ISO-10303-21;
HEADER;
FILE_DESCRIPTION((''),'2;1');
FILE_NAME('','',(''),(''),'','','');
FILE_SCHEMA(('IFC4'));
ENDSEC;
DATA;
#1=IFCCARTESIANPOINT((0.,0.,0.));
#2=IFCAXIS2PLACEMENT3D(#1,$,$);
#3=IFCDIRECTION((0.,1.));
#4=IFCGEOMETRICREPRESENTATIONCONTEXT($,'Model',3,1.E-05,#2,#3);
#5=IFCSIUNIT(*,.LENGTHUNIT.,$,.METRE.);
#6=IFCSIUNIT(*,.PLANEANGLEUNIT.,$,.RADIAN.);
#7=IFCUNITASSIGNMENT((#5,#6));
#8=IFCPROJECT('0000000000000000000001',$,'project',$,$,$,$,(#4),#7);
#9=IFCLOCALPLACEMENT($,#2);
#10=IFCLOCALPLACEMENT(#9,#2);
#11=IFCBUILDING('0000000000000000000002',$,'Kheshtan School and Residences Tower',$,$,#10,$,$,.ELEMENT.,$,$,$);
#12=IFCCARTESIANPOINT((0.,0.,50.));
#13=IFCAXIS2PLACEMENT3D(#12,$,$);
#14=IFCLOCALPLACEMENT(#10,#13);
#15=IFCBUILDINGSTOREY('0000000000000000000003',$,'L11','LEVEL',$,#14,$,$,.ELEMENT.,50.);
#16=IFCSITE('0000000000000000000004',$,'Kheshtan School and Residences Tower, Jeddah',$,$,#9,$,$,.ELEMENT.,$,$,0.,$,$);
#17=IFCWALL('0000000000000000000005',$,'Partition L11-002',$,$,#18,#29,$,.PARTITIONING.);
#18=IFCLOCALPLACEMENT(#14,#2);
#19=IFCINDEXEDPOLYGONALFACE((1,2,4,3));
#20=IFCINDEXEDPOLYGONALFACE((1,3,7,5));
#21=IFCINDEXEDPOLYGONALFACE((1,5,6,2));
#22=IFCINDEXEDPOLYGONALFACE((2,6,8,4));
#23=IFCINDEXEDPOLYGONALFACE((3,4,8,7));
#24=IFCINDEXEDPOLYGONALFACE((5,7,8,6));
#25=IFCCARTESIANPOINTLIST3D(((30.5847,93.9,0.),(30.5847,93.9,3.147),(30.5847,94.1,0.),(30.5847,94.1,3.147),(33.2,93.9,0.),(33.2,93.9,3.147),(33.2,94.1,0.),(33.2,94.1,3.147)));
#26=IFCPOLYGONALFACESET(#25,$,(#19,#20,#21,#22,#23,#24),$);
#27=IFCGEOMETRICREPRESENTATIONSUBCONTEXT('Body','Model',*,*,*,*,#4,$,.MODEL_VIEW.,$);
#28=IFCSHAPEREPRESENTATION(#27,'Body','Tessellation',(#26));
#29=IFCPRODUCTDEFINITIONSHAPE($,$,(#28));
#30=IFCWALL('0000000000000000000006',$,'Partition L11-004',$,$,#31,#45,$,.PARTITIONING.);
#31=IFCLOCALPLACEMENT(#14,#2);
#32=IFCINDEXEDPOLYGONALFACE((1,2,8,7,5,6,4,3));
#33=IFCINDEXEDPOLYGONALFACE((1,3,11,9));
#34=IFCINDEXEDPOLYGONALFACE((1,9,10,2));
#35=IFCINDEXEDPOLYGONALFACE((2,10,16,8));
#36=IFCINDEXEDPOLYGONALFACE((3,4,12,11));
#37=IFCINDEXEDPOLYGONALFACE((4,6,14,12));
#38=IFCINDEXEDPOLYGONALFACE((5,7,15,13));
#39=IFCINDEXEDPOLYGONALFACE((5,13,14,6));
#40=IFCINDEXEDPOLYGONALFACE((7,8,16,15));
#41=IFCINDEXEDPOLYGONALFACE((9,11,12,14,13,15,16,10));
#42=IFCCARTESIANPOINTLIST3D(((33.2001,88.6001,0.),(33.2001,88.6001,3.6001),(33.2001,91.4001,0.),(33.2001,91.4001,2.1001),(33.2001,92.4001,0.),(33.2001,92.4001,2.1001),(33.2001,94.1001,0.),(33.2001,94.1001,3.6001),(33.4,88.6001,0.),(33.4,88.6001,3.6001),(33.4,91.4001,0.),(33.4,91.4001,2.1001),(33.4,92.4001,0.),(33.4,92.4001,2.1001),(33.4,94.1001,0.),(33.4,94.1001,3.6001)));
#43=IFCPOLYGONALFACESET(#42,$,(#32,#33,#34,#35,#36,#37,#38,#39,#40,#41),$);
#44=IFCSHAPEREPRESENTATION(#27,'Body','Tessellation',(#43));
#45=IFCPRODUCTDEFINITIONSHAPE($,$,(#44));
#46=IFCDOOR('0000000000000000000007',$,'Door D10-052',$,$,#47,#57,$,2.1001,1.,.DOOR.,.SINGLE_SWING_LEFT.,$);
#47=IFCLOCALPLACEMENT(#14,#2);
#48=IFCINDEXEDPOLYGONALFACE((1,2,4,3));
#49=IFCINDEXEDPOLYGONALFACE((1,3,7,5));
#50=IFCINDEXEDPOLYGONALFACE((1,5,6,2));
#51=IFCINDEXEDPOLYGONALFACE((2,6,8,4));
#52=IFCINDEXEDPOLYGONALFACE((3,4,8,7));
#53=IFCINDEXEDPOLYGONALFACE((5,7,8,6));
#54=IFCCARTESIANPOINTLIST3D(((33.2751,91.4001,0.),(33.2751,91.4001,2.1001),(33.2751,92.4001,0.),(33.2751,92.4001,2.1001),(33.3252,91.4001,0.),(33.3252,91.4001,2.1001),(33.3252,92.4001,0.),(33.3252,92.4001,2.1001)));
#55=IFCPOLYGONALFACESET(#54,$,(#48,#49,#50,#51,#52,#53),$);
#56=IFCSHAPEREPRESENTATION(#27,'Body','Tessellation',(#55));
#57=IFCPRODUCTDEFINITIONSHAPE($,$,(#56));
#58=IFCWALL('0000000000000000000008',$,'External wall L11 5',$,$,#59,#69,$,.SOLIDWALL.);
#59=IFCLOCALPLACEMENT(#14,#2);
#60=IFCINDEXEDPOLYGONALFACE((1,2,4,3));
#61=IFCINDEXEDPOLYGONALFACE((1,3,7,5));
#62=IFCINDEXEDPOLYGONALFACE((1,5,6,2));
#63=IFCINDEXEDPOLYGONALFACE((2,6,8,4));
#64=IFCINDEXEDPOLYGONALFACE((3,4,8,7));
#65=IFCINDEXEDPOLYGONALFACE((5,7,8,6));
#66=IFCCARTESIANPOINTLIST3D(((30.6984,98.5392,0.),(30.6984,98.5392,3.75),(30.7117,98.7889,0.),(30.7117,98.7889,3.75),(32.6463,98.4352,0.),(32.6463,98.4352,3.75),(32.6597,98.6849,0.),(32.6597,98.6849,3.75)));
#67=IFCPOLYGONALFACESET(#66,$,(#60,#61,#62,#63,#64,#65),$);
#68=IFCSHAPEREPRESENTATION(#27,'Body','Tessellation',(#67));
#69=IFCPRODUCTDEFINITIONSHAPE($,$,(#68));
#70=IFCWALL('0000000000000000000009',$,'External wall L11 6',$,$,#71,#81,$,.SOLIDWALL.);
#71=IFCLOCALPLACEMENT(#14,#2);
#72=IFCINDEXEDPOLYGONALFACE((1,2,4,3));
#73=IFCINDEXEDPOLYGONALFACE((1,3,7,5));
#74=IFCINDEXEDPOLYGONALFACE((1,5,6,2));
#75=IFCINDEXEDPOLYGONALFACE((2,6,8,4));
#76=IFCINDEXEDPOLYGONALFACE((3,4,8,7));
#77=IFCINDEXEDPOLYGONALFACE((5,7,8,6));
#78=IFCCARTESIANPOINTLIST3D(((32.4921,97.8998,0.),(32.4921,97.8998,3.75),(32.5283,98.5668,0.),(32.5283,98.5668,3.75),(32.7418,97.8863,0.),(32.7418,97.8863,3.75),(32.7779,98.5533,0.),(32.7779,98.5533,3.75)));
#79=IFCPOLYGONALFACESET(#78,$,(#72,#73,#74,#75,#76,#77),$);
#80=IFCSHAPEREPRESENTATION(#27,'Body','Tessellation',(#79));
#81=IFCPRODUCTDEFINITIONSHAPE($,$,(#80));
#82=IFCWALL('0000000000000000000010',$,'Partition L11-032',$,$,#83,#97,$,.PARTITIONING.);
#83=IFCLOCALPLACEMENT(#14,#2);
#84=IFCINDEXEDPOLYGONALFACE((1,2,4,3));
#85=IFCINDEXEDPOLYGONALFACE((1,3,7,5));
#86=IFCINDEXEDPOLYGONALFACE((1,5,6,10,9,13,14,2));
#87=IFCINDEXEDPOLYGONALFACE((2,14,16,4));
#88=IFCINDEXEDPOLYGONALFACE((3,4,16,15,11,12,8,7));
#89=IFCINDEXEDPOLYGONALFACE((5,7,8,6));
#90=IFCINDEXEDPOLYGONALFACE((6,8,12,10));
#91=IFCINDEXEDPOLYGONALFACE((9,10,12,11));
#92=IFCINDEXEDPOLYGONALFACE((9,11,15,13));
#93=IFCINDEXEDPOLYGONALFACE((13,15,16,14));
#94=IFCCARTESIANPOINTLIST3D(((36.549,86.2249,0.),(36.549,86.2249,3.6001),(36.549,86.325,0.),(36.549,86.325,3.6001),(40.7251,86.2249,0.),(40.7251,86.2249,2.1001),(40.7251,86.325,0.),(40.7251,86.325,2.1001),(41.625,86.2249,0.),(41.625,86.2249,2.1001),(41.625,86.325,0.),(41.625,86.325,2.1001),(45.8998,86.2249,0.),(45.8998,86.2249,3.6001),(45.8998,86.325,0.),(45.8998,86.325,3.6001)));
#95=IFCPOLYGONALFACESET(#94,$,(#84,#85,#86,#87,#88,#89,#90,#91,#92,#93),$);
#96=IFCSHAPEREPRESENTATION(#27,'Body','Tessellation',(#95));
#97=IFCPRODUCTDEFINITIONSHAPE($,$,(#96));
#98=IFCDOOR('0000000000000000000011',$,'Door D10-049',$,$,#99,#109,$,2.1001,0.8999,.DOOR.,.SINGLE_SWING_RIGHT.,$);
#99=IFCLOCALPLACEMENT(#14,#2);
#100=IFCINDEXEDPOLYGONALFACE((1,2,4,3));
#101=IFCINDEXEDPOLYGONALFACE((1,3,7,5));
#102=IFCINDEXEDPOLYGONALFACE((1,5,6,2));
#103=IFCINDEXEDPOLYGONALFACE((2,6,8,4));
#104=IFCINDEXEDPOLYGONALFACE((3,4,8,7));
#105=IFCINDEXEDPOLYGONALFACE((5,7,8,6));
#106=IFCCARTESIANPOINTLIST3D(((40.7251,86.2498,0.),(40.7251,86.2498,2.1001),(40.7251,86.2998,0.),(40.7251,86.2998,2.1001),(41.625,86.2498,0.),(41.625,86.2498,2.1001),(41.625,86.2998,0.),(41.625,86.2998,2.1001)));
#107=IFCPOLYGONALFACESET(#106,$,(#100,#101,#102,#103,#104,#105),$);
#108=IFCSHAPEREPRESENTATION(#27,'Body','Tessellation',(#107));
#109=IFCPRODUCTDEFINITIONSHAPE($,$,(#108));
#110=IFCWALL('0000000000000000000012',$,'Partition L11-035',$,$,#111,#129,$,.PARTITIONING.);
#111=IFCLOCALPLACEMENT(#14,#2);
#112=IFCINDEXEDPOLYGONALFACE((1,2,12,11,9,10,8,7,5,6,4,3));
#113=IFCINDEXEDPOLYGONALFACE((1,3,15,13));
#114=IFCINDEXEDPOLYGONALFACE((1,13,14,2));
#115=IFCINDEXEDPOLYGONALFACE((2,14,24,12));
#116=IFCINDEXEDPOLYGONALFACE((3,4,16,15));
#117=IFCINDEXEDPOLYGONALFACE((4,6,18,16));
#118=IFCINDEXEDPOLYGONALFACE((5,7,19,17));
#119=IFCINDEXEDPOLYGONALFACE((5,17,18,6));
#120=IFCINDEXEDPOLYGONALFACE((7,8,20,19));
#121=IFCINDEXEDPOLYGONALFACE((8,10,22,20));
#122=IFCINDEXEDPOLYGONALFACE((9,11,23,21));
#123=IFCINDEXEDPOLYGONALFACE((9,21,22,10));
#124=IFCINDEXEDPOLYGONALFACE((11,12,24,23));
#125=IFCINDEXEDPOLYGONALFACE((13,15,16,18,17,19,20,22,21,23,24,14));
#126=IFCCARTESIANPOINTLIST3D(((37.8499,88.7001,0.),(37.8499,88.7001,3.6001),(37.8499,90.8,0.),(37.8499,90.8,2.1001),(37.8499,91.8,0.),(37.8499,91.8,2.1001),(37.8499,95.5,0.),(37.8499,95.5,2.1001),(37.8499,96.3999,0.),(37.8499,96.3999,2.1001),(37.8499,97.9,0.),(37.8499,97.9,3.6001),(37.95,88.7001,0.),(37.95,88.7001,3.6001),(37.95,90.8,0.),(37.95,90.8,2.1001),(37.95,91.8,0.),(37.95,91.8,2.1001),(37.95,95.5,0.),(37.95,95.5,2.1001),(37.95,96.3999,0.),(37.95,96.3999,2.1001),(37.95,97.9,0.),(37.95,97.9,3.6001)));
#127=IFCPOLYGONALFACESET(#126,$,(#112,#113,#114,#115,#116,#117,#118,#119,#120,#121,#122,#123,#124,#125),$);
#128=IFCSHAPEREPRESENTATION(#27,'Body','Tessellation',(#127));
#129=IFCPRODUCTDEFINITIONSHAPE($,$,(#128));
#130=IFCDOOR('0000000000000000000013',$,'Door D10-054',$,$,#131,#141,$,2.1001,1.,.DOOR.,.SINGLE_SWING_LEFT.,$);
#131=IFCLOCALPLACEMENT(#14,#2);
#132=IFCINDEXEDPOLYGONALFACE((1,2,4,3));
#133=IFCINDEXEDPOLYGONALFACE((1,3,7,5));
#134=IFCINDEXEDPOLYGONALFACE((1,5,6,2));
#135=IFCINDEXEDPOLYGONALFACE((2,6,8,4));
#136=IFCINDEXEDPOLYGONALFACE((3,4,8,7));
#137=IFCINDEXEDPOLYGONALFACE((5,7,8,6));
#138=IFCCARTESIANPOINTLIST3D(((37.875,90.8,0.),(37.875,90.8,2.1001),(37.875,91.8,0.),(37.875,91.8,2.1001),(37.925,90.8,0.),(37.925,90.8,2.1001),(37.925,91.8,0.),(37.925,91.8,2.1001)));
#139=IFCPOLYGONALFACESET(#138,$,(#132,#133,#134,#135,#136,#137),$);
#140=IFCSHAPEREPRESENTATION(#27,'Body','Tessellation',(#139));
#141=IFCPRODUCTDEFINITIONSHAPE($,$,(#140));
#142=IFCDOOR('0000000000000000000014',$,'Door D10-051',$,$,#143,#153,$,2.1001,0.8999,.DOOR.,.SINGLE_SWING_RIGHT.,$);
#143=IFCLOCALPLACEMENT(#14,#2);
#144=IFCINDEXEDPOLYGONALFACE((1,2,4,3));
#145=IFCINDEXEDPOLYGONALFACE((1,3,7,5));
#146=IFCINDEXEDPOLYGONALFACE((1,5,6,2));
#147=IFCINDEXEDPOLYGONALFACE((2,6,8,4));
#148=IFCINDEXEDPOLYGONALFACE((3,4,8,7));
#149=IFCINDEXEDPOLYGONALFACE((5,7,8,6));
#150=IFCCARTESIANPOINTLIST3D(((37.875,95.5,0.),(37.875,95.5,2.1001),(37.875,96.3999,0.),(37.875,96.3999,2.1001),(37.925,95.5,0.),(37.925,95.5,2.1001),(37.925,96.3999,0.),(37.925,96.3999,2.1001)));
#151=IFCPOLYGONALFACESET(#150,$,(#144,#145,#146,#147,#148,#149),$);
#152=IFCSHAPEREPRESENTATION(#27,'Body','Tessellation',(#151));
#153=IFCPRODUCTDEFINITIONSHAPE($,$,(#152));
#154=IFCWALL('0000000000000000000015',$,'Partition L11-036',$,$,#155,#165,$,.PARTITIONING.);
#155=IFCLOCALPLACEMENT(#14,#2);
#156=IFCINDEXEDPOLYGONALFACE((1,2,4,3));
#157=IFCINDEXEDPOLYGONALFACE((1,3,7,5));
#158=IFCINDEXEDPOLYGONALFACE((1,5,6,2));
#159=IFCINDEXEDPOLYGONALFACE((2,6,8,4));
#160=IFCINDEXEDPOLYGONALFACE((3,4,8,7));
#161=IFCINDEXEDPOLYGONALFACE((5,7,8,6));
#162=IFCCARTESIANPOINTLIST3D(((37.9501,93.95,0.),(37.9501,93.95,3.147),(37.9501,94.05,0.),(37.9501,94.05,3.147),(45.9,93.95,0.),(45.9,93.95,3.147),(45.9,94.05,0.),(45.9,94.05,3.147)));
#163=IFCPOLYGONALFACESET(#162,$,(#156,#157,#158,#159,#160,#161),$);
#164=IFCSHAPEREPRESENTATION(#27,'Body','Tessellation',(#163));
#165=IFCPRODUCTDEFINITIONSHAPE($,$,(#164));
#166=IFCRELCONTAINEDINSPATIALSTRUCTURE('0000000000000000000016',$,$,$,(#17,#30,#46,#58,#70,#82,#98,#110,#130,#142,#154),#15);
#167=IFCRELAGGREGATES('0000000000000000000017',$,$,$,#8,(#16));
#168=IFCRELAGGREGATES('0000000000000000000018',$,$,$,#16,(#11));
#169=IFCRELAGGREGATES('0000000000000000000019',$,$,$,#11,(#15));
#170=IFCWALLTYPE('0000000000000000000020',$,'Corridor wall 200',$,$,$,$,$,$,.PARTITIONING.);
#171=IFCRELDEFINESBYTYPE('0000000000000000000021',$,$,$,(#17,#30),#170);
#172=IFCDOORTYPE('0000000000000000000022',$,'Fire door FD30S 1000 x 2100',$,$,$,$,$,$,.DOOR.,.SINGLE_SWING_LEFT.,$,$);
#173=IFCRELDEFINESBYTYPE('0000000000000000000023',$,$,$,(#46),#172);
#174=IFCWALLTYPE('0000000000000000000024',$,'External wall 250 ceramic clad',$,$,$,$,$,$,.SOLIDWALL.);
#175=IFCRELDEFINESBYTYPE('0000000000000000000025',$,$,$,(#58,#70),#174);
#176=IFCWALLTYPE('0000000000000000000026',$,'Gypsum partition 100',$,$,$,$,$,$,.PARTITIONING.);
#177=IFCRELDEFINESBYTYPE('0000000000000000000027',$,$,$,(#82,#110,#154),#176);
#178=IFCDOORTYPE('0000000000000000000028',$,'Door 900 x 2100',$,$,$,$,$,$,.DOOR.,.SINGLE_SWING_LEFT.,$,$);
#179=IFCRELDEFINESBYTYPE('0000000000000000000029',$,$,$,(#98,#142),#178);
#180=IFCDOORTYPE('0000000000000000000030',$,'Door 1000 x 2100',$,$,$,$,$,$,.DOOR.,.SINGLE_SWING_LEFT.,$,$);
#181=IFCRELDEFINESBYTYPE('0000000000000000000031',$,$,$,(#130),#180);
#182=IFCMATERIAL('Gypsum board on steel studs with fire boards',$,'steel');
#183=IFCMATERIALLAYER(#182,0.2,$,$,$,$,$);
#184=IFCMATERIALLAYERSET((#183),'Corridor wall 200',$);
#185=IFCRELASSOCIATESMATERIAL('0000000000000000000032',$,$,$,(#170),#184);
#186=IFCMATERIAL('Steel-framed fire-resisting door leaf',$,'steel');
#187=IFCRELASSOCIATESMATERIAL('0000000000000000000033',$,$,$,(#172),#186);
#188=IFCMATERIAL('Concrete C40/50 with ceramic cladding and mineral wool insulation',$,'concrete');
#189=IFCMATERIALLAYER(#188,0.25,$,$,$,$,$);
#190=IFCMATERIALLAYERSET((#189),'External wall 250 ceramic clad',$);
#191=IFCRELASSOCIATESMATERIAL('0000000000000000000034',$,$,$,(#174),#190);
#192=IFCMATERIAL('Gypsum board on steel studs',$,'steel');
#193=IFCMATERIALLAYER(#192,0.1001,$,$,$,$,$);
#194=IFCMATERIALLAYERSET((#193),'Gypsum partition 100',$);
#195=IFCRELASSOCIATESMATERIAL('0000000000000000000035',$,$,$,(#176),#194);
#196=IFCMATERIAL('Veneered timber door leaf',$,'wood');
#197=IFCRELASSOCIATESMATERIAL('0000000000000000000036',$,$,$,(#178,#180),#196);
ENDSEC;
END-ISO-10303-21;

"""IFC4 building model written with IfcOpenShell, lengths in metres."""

from ifc_helpers import new_model, si_unit, direction, frame, frame_2d, origin, place, context, subcontext, project, spatial, rectangle, extrude, source, transform, mapped, material, layer, layer_set, type_object, element, fill, save


model = new_model("IFC4")

# Units and contexts
model_context = context("Model", 3, precision=1e-05, world=origin(), true_north=direction((0.0, 1.0)))
body_context = subcontext(model_context, "Body", "Model", "MODEL_VIEW")
ifc_project = project(units=[si_unit("LENGTHUNIT", "METRE"), si_unit("PLANEANGLEUNIT", "RADIAN")], contexts=[model_context])

# Site, building, storey
site_placement = place(None, origin())
site = spatial("IfcSite", under=ifc_project, at=site_placement, Name="Kheshtan School and Residences Tower, Jeddah", CompositionType="ELEMENT", RefElevation=0.0)
building_placement = place(site_placement, origin())
building = spatial("IfcBuilding", under=site, at=building_placement, Name="Kheshtan School and Residences Tower", CompositionType="ELEMENT")
storey_placement = place(building_placement, frame((0.0, 0.0, 50.0)))
storey = spatial("IfcBuildingStorey", under=building, at=storey_placement, Name="L11", Description="LEVEL", CompositionType="ELEMENT", Elevation=50.0)

# Wall
ifc_material_1 = material(Name="Gypsum board on steel studs with fire boards", Category="steel")
ifc_layer_1 = layer(ifc_material_1, 0.2)
ifc_layer_set_1 = layer_set([ifc_layer_1], Name="Corridor wall 200")
wall_type_1 = type_object("IfcWallType", Name="Corridor wall 200", PredefinedType="PARTITIONING", material=ifc_layer_set_1)
wall_1_placement = place(storey_placement, frame((30.5847, 94.0, 0.0), z_axis=(0.0, 0.0, 1.0), x_axis=(1.0, 0.0, 0.0)))
element("IfcWall", 1, at=wall_1_placement, inside=storey, type_object=wall_type_1, Name="Partition L11-002", PredefinedType="PARTITIONING", context=body_context, shape_type="SweptSolid", body=[
    extrude(rectangle(XDim=2.6152, YDim=0.2, at=frame_2d((1.3076, 0.0))), origin(), (0.0, 0.0, 1.0), 3.147),
])

# Wall, opening, door
wall_2_placement = place(storey_placement, frame((33.3, 88.6001, 0.0), z_axis=(0.0, 0.0, 1.0), x_axis=(0.0, 1.0, 0.0)))
wall_2 = element("IfcWall", 2, at=wall_2_placement, inside=storey, type_object=wall_type_1, Name="Partition L11-004", PredefinedType="PARTITIONING", context=body_context, shape_type="SweptSolid", body=[
    extrude(rectangle(XDim=5.5, YDim=0.2, at=frame_2d((2.75, 0.0))), origin(), (0.0, 0.0, 1.0), 3.6001),
])
opening_1_placement = place(wall_2_placement, frame((2.8, 0.0, 0.0)))
opening_1 = element("IfcOpeningElement", 3, at=opening_1_placement, cuts=wall_2, PredefinedType="OPENING", context=body_context, shape_type="SweptSolid", body=[
    extrude(rectangle(XDim=1.0, YDim=2.1001, at=frame_2d((0.5, 1.05))), frame((0.0, 0.1099, 0.0), z_axis=(0.0, -1.0, 0.0), x_axis=(1.0, 0.0, 0.0)), (0.0, 0.0, 1.0), 0.22),
])
ifc_material_2 = material(Name="Steel-framed fire-resisting door leaf", Category="steel")
door_type_1 = type_object("IfcDoorType", Name="Fire door FD30S 1000 x 2100", OperationType="SINGLE_SWING_LEFT", PredefinedType="DOOR", material=ifc_material_2)
shared_shape_1 = source(origin(), body_context, "Body", "SweptSolid", [
    extrude(rectangle(XDim=1.0, YDim=2.1001, at=frame_2d((0.5, 1.05))), frame((0.0, 0.0249, 0.0), z_axis=(0.0, -1.0, 0.0), x_axis=(1.0, 0.0, 0.0)), (0.0, 0.0, 1.0), 0.05),
])
door_1_placement = place(opening_1_placement, origin())
door_1 = element("IfcDoor", 4, at=door_1_placement, inside=storey, type_object=door_type_1, Name="Door D10-052", OperationType="SINGLE_SWING_LEFT", OverallHeight=2.1001, OverallWidth=1.0, PredefinedType="DOOR", context=body_context, shape_type="MappedRepresentation", body=[
    mapped(shared_shape_1, transform((0.0, 0.0, 0.0), x_axis=(1.0, 0.0, 0.0), y_axis=(0.0, 1.0, 0.0), z_axis=(0.0, 0.0, 1.0), scale=1.0)),
])
fill(opening_1, door_1)

# Walls
ifc_material_3 = material(Name="Concrete C40/50 with ceramic cladding and mineral wool insulation", Category="concrete")
ifc_layer_2 = layer(ifc_material_3, 0.25)
ifc_layer_set_2 = layer_set([ifc_layer_2], Name="External wall 250 ceramic clad")
wall_type_2 = type_object("IfcWallType", Name="External wall 250 ceramic clad", PredefinedType="SOLIDWALL", material=ifc_layer_set_2)
wall_3_placement = place(storey_placement, frame((30.7051, 98.6641, 0.0), z_axis=(0.0, 0.0, 1.0), x_axis=(0.998578, -0.053314, 0.0)))
element("IfcWall", 5, at=wall_3_placement, inside=storey, type_object=wall_type_2, Name="External wall L11 5", PredefinedType="SOLIDWALL", context=body_context, shape_type="SweptSolid", body=[
    extrude(rectangle(XDim=1.9507, YDim=0.25, at=frame_2d((0.9753, 0.0))), origin(), (0.0, 0.0, 1.0), 3.75),
])
wall_4_placement = place(storey_placement, frame((32.6531, 98.5601, 0.0), z_axis=(0.0, 0.0, 1.0), x_axis=(-0.054093, -0.998536, 0.0)))
element("IfcWall", 6, at=wall_4_placement, inside=storey, type_object=wall_type_2, Name="External wall L11 6", PredefinedType="SOLIDWALL", context=body_context, shape_type="SweptSolid", body=[
    extrude(rectangle(XDim=0.668, YDim=0.25, at=frame_2d((0.334, 0.0))), origin(), (0.0, 0.0, 1.0), 3.75),
])

# Wall, opening, door
ifc_material_4 = material(Name="Gypsum board on steel studs", Category="steel")
ifc_layer_3 = layer(ifc_material_4, 0.1001)
ifc_layer_set_3 = layer_set([ifc_layer_3], Name="Gypsum partition 100")
wall_type_3 = type_object("IfcWallType", Name="Gypsum partition 100", PredefinedType="PARTITIONING", material=ifc_layer_set_3)
wall_5_placement = place(storey_placement, frame((36.5491, 86.2749, 0.0), z_axis=(0.0, 0.0, 1.0), x_axis=(1.0, 0.0, 0.0)))
wall_5 = element("IfcWall", 7, at=wall_5_placement, inside=storey, type_object=wall_type_3, Name="Partition L11-032", PredefinedType="PARTITIONING", context=body_context, shape_type="SweptSolid", body=[
    extrude(rectangle(XDim=9.3508, YDim=0.1001, at=frame_2d((4.6753, 0.0))), origin(), (0.0, 0.0, 1.0), 3.6001),
])
opening_2_placement = place(wall_5_placement, frame((4.176, 0.0, 0.0)))
opening_2 = element("IfcOpeningElement", 8, at=opening_2_placement, cuts=wall_5, PredefinedType="OPENING", context=body_context, shape_type="SweptSolid", body=[
    extrude(rectangle(XDim=0.8999, YDim=2.1001, at=frame_2d((0.45, 1.05))), frame((0.0, 0.0601, 0.0), z_axis=(0.0, -1.0, 0.0), x_axis=(1.0, 0.0, 0.0)), (0.0, 0.0, 1.0), 0.1201),
])
ifc_material_5 = material(Name="Veneered timber door leaf", Category="wood")
door_type_2 = type_object("IfcDoorType", Name="Door 900 x 2100", OperationType="SINGLE_SWING_LEFT", PredefinedType="DOOR", material=ifc_material_5)
shared_shape_2 = source(origin(), body_context, "Body", "SweptSolid", [
    extrude(rectangle(XDim=0.8999, YDim=2.1001, at=frame_2d((0.45, 1.05))), frame((0.0, 0.0249, 0.0), z_axis=(0.0, -1.0, 0.0), x_axis=(1.0, 0.0, 0.0)), (0.0, 0.0, 1.0), 0.05),
])
door_2_placement = place(opening_2_placement, origin())
door_2 = element("IfcDoor", 9, at=door_2_placement, inside=storey, type_object=door_type_2, Name="Door D10-049", OperationType="SINGLE_SWING_RIGHT", OverallHeight=2.1001, OverallWidth=0.8999, PredefinedType="DOOR", context=body_context, shape_type="MappedRepresentation", body=[
    mapped(shared_shape_2, transform((0.0, 0.0, 0.0), x_axis=(1.0, 0.0, 0.0), y_axis=(0.0, 1.0, 0.0), z_axis=(0.0, 0.0, 1.0), scale=1.0)),
])
fill(opening_2, door_2)

# Wall, openings, doors
wall_6_placement = place(storey_placement, frame((37.8999, 88.7, 0.0), z_axis=(0.0, 0.0, 1.0), x_axis=(0.0, 1.0, 0.0)))
wall_6 = element("IfcWall", 10, at=wall_6_placement, inside=storey, type_object=wall_type_3, Name="Partition L11-035", PredefinedType="PARTITIONING", context=body_context, shape_type="SweptSolid", body=[
    extrude(rectangle(XDim=9.2, YDim=0.1001, at=frame_2d((4.6001, 0.0))), origin(), (0.0, 0.0, 1.0), 3.6001),
])
opening_3_placement = place(wall_6_placement, frame((6.8, 0.0, 0.0)))
opening_3 = element("IfcOpeningElement", 11, at=opening_3_placement, cuts=wall_6, PredefinedType="OPENING", context=body_context, shape_type="SweptSolid", body=[
    extrude(rectangle(XDim=0.8999, YDim=2.1001, at=frame_2d((0.45, 1.05))), frame((0.0, 0.0601, 0.0), z_axis=(0.0, -1.0, 0.0), x_axis=(1.0, 0.0, 0.0)), (0.0, 0.0, 1.0), 0.1201),
])
opening_4_placement = place(wall_6_placement, frame((2.1001, 0.0, 0.0)))
opening_4 = element("IfcOpeningElement", 12, at=opening_4_placement, cuts=wall_6, PredefinedType="OPENING", context=body_context, shape_type="SweptSolid", body=[
    extrude(rectangle(XDim=1.0, YDim=2.1001, at=frame_2d((0.5, 1.05))), frame((0.0, 0.0601, 0.0), z_axis=(0.0, -1.0, 0.0), x_axis=(1.0, 0.0, 0.0)), (0.0, 0.0, 1.0), 0.1201),
])
door_type_3 = type_object("IfcDoorType", Name="Door 1000 x 2100", OperationType="SINGLE_SWING_LEFT", PredefinedType="DOOR", material=ifc_material_5)
shared_shape_3 = source(origin(), body_context, "Body", "SweptSolid", [
    extrude(rectangle(XDim=1.0, YDim=2.1001, at=frame_2d((0.5, 1.05))), frame((0.0, 0.0249, 0.0), z_axis=(0.0, -1.0, 0.0), x_axis=(1.0, 0.0, 0.0)), (0.0, 0.0, 1.0), 0.05),
])
door_3_placement = place(opening_4_placement, origin())
door_3 = element("IfcDoor", 13, at=door_3_placement, inside=storey, type_object=door_type_3, Name="Door D10-054", OperationType="SINGLE_SWING_LEFT", OverallHeight=2.1001, OverallWidth=1.0, PredefinedType="DOOR", context=body_context, shape_type="MappedRepresentation", body=[
    mapped(shared_shape_3, transform((0.0, 0.0, 0.0), x_axis=(1.0, 0.0, 0.0), y_axis=(0.0, 1.0, 0.0), z_axis=(0.0, 0.0, 1.0), scale=1.0)),
])
fill(opening_4, door_3)
door_4_placement = place(opening_3_placement, origin())
door_4 = element("IfcDoor", 14, at=door_4_placement, inside=storey, type_object=door_type_2, Name="Door D10-051", OperationType="SINGLE_SWING_RIGHT", OverallHeight=2.1001, OverallWidth=0.8999, PredefinedType="DOOR", context=body_context, shape_type="MappedRepresentation", body=[
    mapped(shared_shape_2, transform((0.0, 0.0, 0.0), x_axis=(1.0, 0.0, 0.0), y_axis=(0.0, 1.0, 0.0), z_axis=(0.0, 0.0, 1.0), scale=1.0)),
])
fill(opening_3, door_4)

# Wall
wall_7_placement = place(storey_placement, frame((37.95, 94.0, 0.0), z_axis=(0.0, 0.0, 1.0), x_axis=(1.0, 0.0, 0.0)))
element("IfcWall", 15, at=wall_7_placement, inside=storey, type_object=wall_type_3, Name="Partition L11-036", PredefinedType="PARTITIONING", context=body_context, shape_type="SweptSolid", body=[
    extrude(rectangle(XDim=7.95, YDim=0.1001, at=frame_2d((3.9751, 0.0))), origin(), (0.0, 0.0, 1.0), 3.147),
])

save(model, "model.ifc")
